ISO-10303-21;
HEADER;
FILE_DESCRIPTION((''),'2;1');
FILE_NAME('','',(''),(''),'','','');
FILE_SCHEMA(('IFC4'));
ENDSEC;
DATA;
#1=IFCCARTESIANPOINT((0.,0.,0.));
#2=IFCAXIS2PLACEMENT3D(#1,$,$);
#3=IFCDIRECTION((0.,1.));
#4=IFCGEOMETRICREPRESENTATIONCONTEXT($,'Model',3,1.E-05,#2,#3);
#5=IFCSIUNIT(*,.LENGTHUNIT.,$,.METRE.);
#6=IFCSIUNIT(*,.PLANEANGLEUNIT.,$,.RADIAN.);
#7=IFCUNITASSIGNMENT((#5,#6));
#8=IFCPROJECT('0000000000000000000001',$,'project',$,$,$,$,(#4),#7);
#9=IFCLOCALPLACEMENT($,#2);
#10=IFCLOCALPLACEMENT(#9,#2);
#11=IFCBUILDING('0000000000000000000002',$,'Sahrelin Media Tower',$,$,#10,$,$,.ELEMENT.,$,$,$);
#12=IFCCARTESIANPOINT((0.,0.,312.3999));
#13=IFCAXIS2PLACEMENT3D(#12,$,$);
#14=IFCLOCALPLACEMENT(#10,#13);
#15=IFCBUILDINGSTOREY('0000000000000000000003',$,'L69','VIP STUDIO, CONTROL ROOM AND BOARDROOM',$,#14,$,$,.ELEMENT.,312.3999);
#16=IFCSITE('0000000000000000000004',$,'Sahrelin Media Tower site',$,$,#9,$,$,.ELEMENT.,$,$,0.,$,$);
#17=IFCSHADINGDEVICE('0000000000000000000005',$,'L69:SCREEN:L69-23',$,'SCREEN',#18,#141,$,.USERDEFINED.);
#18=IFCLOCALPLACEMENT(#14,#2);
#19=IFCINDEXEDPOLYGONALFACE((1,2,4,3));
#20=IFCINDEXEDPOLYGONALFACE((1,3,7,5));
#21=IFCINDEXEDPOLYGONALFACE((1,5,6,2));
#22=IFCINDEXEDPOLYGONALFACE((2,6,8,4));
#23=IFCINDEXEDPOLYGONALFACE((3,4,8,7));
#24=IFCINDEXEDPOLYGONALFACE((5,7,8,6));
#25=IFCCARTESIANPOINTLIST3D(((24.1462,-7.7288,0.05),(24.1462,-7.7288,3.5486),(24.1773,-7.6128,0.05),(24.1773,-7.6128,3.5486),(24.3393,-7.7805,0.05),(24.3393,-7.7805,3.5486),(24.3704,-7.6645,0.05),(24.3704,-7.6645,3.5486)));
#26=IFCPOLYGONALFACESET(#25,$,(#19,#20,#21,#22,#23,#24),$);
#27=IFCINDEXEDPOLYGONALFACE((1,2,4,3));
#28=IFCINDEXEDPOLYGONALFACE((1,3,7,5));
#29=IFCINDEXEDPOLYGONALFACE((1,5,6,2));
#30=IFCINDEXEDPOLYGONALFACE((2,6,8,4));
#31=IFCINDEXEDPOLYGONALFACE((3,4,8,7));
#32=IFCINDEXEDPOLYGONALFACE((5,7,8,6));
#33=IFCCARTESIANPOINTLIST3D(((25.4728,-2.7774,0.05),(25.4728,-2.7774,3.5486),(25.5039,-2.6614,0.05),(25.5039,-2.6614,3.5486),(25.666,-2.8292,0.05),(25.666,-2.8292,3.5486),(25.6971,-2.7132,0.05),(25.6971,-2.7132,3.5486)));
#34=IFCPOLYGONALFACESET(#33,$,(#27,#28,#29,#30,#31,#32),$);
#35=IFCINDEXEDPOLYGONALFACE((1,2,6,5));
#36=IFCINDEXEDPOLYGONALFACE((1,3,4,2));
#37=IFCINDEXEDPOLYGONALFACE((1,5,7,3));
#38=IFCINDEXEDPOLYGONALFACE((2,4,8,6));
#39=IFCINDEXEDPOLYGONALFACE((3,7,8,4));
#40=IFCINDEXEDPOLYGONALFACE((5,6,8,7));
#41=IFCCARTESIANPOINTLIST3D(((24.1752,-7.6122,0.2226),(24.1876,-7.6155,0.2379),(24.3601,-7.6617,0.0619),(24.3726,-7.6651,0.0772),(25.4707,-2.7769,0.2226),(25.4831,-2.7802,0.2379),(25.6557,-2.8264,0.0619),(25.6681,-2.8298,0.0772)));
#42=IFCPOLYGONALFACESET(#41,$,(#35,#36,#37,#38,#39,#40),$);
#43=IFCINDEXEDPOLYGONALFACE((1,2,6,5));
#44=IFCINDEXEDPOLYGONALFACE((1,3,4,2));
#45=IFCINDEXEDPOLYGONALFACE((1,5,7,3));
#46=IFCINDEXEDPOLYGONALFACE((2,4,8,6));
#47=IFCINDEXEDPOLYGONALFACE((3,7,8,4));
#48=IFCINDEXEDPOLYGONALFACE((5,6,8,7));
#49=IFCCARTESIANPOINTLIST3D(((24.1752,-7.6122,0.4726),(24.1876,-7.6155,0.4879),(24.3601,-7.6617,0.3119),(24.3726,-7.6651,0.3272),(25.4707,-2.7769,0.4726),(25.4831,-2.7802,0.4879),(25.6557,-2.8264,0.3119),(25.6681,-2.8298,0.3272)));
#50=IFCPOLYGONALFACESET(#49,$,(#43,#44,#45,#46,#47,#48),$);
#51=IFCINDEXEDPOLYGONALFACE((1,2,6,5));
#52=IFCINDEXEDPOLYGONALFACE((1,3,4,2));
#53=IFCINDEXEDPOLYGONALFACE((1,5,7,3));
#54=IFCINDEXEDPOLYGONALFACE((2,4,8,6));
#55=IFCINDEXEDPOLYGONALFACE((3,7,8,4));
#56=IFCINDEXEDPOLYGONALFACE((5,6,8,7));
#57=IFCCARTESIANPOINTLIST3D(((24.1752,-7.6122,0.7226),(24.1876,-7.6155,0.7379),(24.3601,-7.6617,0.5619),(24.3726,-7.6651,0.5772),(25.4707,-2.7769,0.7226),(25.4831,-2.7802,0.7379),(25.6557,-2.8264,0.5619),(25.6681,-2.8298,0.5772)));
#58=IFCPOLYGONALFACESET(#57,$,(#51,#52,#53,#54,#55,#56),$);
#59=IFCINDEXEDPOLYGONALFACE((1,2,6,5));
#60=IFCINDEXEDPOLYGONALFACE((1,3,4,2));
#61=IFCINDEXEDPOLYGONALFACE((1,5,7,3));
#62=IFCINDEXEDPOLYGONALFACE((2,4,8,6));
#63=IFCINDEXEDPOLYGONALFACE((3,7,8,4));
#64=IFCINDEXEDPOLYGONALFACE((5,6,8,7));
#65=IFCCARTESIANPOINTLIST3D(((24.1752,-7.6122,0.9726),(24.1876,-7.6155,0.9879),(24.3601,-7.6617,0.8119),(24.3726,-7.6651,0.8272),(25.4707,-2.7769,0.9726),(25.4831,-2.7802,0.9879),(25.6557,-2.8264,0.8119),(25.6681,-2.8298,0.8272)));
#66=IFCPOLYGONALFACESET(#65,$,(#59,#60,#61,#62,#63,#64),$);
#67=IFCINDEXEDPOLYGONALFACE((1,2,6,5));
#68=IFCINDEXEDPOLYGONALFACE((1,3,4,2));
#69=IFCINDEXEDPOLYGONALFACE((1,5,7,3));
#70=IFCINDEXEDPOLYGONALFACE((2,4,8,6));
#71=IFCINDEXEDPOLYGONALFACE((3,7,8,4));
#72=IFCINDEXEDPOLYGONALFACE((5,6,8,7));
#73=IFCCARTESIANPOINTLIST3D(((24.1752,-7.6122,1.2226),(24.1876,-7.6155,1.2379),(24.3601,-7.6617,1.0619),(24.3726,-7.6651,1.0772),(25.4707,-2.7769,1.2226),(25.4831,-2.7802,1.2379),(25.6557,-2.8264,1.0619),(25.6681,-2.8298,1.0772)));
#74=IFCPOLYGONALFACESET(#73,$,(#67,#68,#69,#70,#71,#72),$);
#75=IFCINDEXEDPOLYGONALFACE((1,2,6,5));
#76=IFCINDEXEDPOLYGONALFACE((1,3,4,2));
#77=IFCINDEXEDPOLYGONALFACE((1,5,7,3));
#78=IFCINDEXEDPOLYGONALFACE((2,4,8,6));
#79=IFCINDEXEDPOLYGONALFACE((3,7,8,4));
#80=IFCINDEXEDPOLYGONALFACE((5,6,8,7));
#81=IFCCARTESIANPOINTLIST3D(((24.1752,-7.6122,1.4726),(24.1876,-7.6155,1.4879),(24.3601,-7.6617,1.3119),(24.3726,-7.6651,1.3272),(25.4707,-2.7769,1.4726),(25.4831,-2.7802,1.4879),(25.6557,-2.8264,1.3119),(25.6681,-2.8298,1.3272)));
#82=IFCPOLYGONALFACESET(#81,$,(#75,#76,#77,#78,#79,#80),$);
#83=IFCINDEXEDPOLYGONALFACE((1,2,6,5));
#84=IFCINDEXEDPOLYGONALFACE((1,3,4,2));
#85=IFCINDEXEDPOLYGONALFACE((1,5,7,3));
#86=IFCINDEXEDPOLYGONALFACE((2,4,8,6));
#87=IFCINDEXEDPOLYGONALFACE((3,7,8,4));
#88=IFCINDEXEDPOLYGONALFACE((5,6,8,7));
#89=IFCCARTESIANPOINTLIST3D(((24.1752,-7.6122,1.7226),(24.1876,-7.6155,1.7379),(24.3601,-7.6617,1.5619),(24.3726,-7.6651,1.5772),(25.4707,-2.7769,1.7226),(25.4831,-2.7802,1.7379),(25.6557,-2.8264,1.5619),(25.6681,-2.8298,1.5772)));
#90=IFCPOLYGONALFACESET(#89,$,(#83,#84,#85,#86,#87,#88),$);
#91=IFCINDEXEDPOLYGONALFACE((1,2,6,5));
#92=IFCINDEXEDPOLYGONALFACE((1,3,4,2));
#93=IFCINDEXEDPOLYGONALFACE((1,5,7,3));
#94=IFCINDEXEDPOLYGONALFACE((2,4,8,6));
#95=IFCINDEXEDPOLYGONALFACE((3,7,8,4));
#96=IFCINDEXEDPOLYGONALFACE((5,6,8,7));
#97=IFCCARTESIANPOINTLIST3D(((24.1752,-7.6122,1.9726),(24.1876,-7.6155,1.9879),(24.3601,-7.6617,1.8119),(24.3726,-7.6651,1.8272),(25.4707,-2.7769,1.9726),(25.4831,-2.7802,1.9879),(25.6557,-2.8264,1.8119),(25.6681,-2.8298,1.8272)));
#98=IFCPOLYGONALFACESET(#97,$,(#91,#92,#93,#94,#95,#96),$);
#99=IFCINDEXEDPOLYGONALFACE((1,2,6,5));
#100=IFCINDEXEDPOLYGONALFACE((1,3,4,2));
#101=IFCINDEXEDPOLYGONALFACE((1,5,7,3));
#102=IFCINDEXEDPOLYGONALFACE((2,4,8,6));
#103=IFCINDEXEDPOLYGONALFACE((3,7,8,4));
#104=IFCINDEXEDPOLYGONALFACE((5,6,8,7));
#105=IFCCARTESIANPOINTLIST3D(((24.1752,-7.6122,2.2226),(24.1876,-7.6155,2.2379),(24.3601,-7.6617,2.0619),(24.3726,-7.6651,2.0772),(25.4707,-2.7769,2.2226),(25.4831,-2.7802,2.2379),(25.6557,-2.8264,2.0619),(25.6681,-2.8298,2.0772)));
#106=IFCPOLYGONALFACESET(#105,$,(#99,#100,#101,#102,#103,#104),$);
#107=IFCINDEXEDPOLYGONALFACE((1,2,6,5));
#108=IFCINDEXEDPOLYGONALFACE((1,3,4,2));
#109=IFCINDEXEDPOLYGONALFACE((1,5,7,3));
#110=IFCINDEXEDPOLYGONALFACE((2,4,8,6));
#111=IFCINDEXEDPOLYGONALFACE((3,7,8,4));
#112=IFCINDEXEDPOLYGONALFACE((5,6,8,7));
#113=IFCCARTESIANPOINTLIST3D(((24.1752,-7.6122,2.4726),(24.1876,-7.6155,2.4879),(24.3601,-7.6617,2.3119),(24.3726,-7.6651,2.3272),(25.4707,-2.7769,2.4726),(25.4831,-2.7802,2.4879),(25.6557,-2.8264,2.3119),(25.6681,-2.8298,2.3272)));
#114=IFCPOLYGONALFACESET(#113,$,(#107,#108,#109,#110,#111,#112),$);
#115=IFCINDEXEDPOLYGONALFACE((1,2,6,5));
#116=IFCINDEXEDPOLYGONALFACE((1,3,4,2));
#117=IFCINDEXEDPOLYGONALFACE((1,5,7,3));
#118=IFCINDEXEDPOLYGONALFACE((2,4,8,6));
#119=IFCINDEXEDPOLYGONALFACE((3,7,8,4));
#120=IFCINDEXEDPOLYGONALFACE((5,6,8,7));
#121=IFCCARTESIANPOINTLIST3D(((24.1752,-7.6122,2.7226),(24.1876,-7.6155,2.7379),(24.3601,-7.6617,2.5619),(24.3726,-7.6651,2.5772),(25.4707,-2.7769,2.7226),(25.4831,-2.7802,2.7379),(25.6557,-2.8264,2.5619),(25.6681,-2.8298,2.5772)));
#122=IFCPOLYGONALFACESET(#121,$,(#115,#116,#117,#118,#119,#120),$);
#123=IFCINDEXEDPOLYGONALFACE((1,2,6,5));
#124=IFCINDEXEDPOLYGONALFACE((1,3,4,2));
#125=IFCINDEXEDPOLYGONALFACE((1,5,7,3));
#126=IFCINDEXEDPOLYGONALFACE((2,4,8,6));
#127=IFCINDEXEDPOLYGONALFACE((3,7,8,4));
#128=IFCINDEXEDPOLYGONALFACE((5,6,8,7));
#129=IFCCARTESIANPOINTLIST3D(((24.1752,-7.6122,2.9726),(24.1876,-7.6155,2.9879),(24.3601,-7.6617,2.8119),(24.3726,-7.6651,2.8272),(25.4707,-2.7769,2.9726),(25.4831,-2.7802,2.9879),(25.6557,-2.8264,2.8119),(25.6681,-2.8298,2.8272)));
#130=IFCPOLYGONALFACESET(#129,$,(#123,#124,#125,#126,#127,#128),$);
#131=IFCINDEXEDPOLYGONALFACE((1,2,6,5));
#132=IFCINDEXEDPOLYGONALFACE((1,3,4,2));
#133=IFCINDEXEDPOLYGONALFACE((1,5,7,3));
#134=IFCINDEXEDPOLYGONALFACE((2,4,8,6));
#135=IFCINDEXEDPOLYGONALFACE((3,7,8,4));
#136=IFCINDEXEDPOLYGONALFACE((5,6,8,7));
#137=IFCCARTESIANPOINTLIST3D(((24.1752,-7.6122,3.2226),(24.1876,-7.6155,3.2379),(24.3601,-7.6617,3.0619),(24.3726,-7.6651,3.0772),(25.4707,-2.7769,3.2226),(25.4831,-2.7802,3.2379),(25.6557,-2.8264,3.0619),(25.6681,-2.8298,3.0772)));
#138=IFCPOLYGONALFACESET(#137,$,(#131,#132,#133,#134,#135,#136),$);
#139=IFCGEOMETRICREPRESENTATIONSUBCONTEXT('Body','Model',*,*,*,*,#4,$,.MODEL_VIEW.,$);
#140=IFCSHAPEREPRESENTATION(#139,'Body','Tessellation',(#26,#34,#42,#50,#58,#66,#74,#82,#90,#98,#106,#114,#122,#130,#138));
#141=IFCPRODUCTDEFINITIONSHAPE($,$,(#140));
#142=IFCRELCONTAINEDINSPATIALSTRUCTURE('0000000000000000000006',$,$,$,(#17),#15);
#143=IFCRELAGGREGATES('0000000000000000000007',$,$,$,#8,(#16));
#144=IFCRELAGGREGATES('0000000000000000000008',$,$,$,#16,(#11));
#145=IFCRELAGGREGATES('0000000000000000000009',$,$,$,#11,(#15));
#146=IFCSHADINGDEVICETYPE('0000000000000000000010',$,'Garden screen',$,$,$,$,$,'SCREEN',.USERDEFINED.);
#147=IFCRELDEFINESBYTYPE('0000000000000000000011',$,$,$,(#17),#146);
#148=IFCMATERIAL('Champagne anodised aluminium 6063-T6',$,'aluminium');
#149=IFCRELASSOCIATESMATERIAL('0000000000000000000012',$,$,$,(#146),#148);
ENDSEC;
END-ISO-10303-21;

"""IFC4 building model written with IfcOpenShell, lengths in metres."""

from ifc_helpers import new_model, si_unit, direction, frame, origin, origin_2d, place, context, subcontext, project, spatial, rectangle, extrude, material, type_object, element, save


model = new_model("IFC4")

# Units and contexts
model_context = context("Model", 3, precision=1e-05, world=origin(), true_north=direction((0.0, 1.0)))
body_context = subcontext(model_context, "Body", "Model", "MODEL_VIEW")
ifc_project = project(units=[si_unit("LENGTHUNIT", "METRE"), si_unit("PLANEANGLEUNIT", "RADIAN")], contexts=[model_context])

# Site, building, storey
site_placement = place(None, origin())
site = spatial("IfcSite", under=ifc_project, at=site_placement, Name="Sahrelin Media Tower site", CompositionType="ELEMENT", RefElevation=0.0)
building_placement = place(site_placement, origin())
building = spatial("IfcBuilding", under=site, at=building_placement, Name="Sahrelin Media Tower", CompositionType="ELEMENT")
storey_placement = place(building_placement, frame((0.0, 0.0, 312.3999)))
storey = spatial("IfcBuildingStorey", under=building, at=storey_placement, Name="L69", Description="VIP STUDIO, CONTROL ROOM AND BOARDROOM", CompositionType="ELEMENT", Elevation=312.3999)

# Shared definitions
ifc_material_1 = material(Name="Champagne anodised aluminium 6063-T6", Category="aluminium")

# Shading device
shading_device_type_1 = type_object("IfcShadingDeviceType", Name="Garden screen", ElementType="SCREEN", PredefinedType="USERDEFINED", material=ifc_material_1)
shading_device_1_placement = place(storey_placement, frame((24.825, -5.1951, 0.0), z_axis=(0.0, 0.0, 1.0), x_axis=(-0.258808, -0.965929, 0.0)))
element("IfcShadingDevice", 1, at=shading_device_1_placement, inside=storey, type_object=shading_device_type_1, Name="L69:SCREEN:L69-23", ObjectType="SCREEN", PredefinedType="USERDEFINED", context=body_context, shape_type="SweptSolid", body=[
    extrude(rectangle(XDim=0.1201, YDim=0.2, at=origin_2d()), frame((2.563, 0.1001, 0.05), z_axis=(0.0, 0.0, 1.0), x_axis=(1.0, 0.0, 0.0)), (0.0, 0.0, 1.0), 3.4985),
    extrude(rectangle(XDim=0.1201, YDim=0.2, at=origin_2d()), frame((-2.563, 0.1001, 0.05), z_axis=(0.0, 0.0, 1.0), x_axis=(1.0, 0.0, 0.0)), (0.0, 0.0, 1.0), 3.4985),
    extrude(rectangle(XDim=0.25, YDim=0.02, at=origin_2d()), frame((2.5029, 0.1001, 0.1499), z_axis=(-1.0, 0.0, 0.0), x_axis=(0.0, -0.766044, 0.642788)), (0.0, 0.0, 1.0), 5.0059),
    extrude(rectangle(XDim=0.25, YDim=0.02, at=origin_2d()), frame((2.5029, 0.1001, 0.3999), z_axis=(-1.0, 0.0, 0.0), x_axis=(0.0, -0.766044, 0.642788)), (0.0, 0.0, 1.0), 5.0059),
    extrude(rectangle(XDim=0.25, YDim=0.02, at=origin_2d()), frame((2.5029, 0.1001, 0.6499), z_axis=(-1.0, 0.0, 0.0), x_axis=(0.0, -0.766044, 0.642788)), (0.0, 0.0, 1.0), 5.0059),
    extrude(rectangle(XDim=0.25, YDim=0.02, at=origin_2d()), frame((2.5029, 0.1001, 0.8999), z_axis=(-1.0, 0.0, 0.0), x_axis=(0.0, -0.766044, 0.642788)), (0.0, 0.0, 1.0), 5.0059),
    extrude(rectangle(XDim=0.25, YDim=0.02, at=origin_2d()), frame((2.5029, 0.1001, 1.1499), z_axis=(-1.0, 0.0, 0.0), x_axis=(0.0, -0.766044, 0.642788)), (0.0, 0.0, 1.0), 5.0059),
    extrude(rectangle(XDim=0.25, YDim=0.02, at=origin_2d()), frame((2.5029, 0.1001, 1.3999), z_axis=(-1.0, 0.0, 0.0), x_axis=(0.0, -0.766044, 0.642788)), (0.0, 0.0, 1.0), 5.0059),
    extrude(rectangle(XDim=0.25, YDim=0.02, at=origin_2d()), frame((2.5029, 0.1001, 1.6499), z_axis=(-1.0, 0.0, 0.0), x_axis=(0.0, -0.766044, 0.642788)), (0.0, 0.0, 1.0), 5.0059),
    extrude(rectangle(XDim=0.25, YDim=0.02, at=origin_2d()), frame((2.5029, 0.1001, 1.8999), z_axis=(-1.0, 0.0, 0.0), x_axis=(0.0, -0.766044, 0.642788)), (0.0, 0.0, 1.0), 5.0059),
    extrude(rectangle(XDim=0.25, YDim=0.02, at=origin_2d()), frame((2.5029, 0.1001, 2.1499), z_axis=(-1.0, 0.0, 0.0), x_axis=(0.0, -0.766044, 0.642788)), (0.0, 0.0, 1.0), 5.0059),
    extrude(rectangle(XDim=0.25, YDim=0.02, at=origin_2d()), frame((2.5029, 0.1001, 2.3999), z_axis=(-1.0, 0.0, 0.0), x_axis=(0.0, -0.766044, 0.642788)), (0.0, 0.0, 1.0), 5.0059),
    extrude(rectangle(XDim=0.25, YDim=0.02, at=origin_2d()), frame((2.5029, 0.1001, 2.6499), z_axis=(-1.0, 0.0, 0.0), x_axis=(0.0, -0.766044, 0.642788)), (0.0, 0.0, 1.0), 5.0059),
    extrude(rectangle(XDim=0.25, YDim=0.02, at=origin_2d()), frame((2.5029, 0.1001, 2.8999), z_axis=(-1.0, 0.0, 0.0), x_axis=(0.0, -0.766044, 0.642788)), (0.0, 0.0, 1.0), 5.0059),
    extrude(rectangle(XDim=0.25, YDim=0.02, at=origin_2d()), frame((2.5029, 0.1001, 3.1499), z_axis=(-1.0, 0.0, 0.0), x_axis=(0.0, -0.766044, 0.642788)), (0.0, 0.0, 1.0), 5.0059),
])

save(model, "model.ifc")
